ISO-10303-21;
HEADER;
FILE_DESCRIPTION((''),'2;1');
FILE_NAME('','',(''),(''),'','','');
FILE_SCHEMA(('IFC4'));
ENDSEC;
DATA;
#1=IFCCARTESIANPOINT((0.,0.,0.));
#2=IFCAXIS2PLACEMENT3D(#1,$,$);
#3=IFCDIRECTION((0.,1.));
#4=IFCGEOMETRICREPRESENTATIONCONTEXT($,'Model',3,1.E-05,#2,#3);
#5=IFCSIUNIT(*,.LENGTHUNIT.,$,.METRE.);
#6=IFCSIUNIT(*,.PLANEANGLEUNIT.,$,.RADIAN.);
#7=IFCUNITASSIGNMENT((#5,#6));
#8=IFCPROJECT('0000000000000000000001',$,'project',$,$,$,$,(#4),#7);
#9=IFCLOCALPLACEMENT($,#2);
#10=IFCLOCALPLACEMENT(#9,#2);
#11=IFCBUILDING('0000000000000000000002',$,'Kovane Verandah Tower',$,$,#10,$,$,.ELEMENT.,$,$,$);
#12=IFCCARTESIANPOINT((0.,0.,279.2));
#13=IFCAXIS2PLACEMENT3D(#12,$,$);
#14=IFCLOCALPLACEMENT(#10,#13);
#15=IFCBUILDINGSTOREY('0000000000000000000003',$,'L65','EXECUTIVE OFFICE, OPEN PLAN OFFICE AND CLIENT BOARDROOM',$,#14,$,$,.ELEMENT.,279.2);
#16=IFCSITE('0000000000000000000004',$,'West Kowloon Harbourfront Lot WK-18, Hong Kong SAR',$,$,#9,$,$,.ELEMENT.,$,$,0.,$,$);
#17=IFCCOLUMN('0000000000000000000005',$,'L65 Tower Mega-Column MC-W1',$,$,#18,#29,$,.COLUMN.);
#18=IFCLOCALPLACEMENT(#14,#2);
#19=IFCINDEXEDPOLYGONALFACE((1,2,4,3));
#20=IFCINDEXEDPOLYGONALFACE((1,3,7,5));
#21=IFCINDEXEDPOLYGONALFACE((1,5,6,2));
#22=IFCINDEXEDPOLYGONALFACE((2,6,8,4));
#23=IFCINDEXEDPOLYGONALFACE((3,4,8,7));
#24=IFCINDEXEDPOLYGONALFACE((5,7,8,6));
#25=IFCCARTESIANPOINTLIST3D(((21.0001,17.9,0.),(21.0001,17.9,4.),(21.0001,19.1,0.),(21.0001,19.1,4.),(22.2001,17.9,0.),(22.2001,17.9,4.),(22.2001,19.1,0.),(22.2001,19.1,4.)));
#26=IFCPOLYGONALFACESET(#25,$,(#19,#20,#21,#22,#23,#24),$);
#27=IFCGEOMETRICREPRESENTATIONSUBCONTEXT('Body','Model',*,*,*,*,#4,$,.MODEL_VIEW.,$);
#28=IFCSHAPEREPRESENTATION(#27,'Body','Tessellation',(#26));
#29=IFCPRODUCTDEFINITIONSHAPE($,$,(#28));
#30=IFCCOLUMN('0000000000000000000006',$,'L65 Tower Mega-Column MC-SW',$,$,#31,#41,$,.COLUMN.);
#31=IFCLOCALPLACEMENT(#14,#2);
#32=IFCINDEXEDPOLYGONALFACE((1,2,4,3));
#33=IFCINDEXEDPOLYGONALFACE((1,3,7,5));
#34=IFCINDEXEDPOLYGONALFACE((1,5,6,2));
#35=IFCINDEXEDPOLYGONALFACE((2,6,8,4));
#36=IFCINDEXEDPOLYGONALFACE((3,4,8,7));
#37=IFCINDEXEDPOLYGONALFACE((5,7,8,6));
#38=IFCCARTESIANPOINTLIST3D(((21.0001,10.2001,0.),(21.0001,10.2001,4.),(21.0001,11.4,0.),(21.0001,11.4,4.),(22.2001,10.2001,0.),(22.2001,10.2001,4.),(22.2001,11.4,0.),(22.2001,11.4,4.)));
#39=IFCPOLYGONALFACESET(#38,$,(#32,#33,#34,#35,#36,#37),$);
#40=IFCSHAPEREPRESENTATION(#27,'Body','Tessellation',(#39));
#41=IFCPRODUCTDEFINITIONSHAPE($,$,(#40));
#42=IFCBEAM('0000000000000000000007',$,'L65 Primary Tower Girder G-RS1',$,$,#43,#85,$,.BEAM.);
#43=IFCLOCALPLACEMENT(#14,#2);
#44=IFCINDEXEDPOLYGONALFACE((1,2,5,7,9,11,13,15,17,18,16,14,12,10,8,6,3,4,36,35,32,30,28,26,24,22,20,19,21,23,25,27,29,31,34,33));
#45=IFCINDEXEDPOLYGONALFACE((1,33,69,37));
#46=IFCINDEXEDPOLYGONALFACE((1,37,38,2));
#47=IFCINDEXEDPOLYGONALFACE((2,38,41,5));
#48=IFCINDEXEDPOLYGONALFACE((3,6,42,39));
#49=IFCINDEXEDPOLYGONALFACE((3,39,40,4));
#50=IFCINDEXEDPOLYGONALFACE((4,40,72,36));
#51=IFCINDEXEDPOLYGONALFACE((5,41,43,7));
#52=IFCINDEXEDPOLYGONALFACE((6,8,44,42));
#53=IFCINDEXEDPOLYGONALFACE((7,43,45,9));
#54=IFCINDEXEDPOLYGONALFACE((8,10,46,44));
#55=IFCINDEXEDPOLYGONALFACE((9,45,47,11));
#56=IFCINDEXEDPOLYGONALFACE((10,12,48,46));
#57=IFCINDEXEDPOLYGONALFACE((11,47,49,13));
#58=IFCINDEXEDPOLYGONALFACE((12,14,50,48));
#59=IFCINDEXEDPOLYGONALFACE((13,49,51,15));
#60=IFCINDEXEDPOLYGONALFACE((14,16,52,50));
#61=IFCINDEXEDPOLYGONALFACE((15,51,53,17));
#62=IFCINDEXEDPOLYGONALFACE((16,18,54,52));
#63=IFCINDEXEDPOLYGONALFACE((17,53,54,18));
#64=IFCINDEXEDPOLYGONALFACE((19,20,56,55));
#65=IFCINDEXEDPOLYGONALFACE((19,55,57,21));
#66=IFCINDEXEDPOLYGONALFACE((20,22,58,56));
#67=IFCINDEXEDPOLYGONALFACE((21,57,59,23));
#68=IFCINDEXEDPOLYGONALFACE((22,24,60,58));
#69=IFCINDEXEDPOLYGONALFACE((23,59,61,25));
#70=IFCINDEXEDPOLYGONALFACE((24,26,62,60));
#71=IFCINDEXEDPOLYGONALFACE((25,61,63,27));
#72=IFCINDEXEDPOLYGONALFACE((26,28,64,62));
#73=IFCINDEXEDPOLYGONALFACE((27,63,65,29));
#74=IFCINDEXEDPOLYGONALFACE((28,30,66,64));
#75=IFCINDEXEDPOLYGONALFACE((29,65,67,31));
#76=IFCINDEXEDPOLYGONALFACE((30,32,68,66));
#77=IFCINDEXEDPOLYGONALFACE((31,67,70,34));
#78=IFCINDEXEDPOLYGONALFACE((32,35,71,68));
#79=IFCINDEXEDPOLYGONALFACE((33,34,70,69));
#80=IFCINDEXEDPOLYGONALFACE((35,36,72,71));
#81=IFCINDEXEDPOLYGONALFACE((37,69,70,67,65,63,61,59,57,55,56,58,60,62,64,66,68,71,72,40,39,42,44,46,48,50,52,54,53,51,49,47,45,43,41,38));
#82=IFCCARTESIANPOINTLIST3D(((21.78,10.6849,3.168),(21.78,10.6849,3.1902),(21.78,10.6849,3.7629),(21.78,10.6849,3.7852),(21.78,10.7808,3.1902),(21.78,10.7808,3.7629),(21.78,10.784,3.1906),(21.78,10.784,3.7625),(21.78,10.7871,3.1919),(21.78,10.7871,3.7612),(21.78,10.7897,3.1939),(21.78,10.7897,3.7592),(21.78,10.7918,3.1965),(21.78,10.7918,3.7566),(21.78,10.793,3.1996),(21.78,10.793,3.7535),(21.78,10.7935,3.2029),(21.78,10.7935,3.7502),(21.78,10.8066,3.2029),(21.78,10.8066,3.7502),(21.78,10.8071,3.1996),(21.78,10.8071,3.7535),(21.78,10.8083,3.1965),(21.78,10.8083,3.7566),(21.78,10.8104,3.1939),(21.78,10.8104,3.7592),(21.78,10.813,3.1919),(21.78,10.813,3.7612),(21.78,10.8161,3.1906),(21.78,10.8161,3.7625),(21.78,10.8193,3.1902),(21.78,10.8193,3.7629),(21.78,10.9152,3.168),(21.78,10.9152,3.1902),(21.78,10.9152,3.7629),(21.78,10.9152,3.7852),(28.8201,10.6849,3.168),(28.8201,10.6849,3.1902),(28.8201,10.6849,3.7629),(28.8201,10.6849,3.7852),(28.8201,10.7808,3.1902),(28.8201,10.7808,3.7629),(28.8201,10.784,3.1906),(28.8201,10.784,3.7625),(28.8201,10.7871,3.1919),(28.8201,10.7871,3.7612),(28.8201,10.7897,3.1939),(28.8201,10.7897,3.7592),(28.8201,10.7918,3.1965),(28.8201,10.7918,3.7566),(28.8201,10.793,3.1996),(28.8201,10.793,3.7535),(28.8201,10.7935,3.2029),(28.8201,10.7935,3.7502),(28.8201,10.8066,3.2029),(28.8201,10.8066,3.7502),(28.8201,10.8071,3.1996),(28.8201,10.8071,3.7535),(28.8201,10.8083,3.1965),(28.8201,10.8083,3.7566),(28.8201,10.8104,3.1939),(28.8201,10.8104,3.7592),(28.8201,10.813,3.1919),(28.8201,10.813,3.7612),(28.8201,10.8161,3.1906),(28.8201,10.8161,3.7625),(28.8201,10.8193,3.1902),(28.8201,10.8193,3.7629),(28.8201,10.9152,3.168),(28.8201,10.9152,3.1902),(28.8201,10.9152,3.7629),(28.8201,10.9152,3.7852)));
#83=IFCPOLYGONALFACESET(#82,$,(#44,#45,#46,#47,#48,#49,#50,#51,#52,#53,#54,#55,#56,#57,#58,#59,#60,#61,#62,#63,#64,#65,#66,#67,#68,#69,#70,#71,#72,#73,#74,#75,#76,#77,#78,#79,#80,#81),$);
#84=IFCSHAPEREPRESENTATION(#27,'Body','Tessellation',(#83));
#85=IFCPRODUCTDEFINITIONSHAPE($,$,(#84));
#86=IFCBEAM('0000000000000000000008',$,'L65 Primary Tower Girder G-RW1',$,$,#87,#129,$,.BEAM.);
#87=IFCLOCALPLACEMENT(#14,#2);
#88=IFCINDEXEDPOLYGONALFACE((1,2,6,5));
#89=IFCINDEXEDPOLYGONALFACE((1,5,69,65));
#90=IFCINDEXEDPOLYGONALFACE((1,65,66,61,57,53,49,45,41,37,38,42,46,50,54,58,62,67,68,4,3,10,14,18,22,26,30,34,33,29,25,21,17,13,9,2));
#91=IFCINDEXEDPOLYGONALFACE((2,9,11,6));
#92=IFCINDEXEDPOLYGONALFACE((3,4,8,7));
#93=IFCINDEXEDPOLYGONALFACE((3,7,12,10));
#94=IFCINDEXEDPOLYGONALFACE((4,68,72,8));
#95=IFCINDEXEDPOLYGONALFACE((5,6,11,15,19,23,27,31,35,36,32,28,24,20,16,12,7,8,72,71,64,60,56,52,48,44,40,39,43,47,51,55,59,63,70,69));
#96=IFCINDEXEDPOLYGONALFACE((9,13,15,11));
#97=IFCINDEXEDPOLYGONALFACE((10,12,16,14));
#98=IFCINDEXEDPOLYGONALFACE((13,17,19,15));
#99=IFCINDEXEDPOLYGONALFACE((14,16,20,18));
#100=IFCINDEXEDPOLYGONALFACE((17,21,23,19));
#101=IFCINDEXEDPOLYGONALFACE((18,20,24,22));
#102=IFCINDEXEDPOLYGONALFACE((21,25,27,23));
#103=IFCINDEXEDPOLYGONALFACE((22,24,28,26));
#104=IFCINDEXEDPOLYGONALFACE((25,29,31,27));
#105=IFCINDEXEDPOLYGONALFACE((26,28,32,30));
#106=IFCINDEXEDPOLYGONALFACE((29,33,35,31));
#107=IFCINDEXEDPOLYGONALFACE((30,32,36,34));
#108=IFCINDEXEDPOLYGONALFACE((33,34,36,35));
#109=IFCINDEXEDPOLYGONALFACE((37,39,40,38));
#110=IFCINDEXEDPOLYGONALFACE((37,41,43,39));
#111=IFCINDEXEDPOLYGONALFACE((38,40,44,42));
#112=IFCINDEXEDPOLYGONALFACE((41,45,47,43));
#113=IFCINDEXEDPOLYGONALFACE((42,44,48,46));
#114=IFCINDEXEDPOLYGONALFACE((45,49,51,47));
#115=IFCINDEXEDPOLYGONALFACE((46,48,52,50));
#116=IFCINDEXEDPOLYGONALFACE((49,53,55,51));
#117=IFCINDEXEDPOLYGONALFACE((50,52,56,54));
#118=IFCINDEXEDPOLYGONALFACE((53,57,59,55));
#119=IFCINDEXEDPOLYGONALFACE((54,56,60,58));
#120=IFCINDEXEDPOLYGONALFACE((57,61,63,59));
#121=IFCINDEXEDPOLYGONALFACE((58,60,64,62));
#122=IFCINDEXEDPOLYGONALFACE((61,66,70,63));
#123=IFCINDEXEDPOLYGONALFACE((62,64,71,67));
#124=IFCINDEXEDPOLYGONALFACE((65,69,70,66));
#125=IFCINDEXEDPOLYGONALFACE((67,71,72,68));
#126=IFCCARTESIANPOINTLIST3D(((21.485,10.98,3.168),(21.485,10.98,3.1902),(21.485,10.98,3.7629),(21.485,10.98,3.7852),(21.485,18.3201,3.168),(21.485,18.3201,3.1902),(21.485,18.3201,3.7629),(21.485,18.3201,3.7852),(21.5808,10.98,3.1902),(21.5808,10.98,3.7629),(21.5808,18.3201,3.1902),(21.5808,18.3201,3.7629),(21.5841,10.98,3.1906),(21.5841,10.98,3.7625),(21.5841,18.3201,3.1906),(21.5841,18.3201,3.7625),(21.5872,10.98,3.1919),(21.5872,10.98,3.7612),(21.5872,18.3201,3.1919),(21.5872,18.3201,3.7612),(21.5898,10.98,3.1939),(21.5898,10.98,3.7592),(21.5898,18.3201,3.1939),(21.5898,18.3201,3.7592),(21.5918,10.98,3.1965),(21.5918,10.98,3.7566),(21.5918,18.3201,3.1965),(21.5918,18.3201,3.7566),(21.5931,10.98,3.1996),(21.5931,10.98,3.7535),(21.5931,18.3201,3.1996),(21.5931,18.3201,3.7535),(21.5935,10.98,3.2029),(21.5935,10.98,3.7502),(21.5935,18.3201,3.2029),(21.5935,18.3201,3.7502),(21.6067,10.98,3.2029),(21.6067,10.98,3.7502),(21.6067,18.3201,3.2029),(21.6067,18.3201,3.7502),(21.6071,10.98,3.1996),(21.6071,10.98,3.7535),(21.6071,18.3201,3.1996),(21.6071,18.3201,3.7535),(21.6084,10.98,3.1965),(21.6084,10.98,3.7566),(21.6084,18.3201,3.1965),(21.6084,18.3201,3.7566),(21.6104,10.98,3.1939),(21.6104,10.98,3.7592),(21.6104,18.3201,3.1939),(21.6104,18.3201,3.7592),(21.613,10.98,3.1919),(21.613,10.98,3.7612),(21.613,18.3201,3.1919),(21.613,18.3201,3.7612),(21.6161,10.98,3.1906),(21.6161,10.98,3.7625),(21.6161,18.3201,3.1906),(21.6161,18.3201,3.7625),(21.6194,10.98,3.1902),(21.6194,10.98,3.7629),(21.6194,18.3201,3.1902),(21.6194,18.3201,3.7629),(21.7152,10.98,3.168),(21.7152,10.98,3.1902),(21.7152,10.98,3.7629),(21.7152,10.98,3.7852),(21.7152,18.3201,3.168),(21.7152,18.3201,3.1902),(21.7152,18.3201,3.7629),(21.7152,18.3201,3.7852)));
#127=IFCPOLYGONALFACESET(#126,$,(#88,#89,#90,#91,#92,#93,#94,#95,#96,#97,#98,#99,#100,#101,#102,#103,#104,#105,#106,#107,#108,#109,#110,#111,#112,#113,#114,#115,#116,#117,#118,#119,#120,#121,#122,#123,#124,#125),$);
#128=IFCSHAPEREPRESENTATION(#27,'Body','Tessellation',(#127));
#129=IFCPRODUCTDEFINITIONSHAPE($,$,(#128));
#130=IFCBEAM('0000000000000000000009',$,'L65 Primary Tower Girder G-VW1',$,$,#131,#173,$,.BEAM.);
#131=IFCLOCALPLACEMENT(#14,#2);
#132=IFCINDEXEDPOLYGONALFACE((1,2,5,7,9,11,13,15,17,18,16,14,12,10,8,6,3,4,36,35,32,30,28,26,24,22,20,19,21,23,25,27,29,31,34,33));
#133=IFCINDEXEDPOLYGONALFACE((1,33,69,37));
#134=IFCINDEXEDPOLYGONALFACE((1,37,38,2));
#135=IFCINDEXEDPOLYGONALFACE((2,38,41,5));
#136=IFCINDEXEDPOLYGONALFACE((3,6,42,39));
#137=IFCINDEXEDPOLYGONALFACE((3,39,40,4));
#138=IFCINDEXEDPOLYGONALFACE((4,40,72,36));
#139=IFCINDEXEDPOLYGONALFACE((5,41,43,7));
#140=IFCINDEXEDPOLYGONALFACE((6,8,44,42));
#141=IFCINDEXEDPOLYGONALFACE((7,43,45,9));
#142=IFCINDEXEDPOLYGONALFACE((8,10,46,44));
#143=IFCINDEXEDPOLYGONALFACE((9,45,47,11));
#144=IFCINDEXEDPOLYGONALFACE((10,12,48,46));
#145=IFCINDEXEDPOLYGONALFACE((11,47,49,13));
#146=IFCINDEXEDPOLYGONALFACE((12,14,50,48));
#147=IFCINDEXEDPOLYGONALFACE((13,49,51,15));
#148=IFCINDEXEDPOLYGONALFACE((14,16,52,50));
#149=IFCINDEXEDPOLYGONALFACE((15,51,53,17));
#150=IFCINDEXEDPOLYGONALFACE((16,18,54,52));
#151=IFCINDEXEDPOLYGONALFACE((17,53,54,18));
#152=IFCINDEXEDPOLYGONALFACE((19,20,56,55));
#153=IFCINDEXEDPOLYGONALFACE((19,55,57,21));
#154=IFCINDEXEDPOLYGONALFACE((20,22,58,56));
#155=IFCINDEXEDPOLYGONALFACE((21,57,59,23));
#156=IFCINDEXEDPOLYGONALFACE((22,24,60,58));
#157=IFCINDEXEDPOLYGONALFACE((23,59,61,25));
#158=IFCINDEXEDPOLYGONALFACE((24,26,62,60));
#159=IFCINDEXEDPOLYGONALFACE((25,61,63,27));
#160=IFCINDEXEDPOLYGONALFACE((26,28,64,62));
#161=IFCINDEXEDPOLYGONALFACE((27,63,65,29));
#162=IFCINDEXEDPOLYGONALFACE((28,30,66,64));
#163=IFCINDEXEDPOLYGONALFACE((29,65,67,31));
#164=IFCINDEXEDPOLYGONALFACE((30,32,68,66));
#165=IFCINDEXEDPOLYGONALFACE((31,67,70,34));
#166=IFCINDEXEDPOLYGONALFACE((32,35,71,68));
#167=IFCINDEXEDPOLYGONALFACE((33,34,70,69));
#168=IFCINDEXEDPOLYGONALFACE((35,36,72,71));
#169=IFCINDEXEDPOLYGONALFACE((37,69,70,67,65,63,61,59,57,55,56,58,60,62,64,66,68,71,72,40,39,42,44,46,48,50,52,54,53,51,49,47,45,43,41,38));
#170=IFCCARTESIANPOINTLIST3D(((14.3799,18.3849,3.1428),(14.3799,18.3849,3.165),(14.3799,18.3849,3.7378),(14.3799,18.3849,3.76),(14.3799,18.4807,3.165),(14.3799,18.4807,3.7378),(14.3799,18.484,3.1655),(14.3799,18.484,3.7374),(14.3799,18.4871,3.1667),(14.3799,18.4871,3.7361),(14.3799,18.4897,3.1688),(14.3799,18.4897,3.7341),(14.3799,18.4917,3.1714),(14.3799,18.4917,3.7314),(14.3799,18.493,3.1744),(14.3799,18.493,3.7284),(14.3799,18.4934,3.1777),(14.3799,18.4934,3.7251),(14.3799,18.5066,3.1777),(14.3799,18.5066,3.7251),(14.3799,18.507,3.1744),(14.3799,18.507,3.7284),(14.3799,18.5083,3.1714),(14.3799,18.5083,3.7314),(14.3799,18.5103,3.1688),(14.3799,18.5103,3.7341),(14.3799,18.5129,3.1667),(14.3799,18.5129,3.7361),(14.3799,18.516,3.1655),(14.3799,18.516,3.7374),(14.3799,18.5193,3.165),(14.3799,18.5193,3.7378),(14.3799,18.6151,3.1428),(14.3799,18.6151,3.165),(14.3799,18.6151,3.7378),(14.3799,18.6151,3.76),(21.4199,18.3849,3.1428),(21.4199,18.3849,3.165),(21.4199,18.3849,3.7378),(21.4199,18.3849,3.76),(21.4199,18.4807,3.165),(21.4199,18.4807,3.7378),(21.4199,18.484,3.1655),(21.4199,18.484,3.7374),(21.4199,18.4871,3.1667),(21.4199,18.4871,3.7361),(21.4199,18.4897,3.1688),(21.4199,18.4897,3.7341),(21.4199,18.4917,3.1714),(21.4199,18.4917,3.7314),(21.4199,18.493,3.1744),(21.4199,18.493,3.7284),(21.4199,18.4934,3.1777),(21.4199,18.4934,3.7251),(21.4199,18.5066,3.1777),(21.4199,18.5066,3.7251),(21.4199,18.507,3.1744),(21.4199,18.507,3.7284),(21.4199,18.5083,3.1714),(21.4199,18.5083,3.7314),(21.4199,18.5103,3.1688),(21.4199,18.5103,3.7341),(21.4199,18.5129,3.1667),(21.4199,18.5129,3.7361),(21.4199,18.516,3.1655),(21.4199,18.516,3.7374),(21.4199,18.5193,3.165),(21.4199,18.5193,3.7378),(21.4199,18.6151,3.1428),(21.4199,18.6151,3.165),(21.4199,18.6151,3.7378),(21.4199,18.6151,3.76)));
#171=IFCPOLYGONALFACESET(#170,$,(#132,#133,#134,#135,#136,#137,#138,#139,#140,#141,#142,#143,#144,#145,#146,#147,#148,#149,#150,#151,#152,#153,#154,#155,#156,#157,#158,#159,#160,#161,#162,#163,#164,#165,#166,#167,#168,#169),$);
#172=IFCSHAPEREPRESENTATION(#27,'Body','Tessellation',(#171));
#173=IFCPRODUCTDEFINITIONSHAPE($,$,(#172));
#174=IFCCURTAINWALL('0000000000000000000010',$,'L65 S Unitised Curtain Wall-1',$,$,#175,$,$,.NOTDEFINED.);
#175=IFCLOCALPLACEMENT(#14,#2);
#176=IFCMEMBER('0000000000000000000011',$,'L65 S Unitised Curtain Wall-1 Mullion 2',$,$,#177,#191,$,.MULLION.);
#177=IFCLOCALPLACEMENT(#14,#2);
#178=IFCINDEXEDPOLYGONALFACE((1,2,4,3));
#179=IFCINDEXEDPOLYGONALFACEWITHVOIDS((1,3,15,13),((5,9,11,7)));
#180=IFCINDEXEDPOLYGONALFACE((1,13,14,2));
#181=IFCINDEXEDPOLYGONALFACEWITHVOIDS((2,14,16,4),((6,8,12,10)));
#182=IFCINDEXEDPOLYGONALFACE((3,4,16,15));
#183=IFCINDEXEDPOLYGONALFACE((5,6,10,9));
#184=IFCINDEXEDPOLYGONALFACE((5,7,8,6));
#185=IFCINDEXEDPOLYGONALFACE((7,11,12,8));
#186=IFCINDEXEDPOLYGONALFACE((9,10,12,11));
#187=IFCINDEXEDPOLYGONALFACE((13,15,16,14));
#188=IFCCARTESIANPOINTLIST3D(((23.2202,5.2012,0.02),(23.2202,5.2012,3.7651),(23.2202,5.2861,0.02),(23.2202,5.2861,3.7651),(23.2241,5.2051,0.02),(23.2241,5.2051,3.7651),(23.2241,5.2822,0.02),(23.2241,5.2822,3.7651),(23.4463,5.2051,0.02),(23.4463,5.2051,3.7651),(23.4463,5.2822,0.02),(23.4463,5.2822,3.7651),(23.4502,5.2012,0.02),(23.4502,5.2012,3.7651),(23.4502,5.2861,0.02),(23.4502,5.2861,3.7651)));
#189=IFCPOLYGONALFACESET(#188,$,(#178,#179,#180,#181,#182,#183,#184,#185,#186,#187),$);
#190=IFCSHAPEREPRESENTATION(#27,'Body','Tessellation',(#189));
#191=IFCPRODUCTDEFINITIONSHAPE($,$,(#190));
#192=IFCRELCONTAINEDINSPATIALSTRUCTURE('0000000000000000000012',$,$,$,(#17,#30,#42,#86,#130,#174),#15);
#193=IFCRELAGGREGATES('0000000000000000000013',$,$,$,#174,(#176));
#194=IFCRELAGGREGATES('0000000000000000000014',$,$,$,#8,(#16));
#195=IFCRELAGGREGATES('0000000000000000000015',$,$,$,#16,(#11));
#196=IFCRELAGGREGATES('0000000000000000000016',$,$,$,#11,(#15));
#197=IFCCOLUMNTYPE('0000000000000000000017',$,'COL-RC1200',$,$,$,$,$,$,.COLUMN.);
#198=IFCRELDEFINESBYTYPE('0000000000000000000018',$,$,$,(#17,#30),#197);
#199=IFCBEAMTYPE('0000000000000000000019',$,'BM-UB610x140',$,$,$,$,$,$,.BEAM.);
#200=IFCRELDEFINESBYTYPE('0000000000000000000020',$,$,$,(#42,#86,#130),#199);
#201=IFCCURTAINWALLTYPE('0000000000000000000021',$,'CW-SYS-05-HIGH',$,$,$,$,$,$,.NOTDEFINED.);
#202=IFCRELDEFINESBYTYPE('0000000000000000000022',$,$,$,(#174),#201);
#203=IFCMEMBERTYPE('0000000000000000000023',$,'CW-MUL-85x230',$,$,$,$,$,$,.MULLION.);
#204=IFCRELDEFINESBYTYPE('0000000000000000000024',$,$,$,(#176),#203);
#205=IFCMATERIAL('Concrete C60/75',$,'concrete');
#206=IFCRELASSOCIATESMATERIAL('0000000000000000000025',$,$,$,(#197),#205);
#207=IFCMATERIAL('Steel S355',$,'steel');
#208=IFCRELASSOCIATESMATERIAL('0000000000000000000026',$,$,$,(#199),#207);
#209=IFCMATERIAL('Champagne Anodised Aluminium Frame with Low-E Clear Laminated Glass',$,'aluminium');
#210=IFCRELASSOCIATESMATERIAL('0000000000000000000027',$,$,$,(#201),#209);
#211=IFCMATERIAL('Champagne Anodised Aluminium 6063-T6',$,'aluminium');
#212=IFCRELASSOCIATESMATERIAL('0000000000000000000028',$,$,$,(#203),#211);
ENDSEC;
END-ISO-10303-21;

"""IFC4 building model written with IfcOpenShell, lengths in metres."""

from ifc_helpers import new_model, si_unit, direction, frame, origin, origin_2d, place, context, subcontext, project, spatial, rectangle, hollow_rectangle, i_section, extrude, material, material_profile, profile_set, type_object, element, aggregate, save


model = new_model("IFC4")

# Units and contexts
model_context = context("Model", 3, precision=1e-05, world=origin(), true_north=direction((0.0, 1.0)))
body_context = subcontext(model_context, "Body", "Model", "MODEL_VIEW")
ifc_project = project(units=[si_unit("LENGTHUNIT", "METRE"), si_unit("PLANEANGLEUNIT", "RADIAN")], contexts=[model_context])

# Site, building, storey
site_placement = place(None, origin())
site = spatial("IfcSite", under=ifc_project, at=site_placement, Name="West Kowloon Harbourfront Lot WK-18, Hong Kong SAR", CompositionType="ELEMENT", RefElevation=0.0)
building_placement = place(site_placement, origin())
building = spatial("IfcBuilding", under=site, at=building_placement, Name="Kovane Verandah Tower", CompositionType="ELEMENT")
storey_placement = place(building_placement, frame((0.0, 0.0, 279.2)))
storey = spatial("IfcBuildingStorey", under=building, at=storey_placement, Name="L65", Description="EXECUTIVE OFFICE, OPEN PLAN OFFICE AND CLIENT BOARDROOM", CompositionType="ELEMENT", Elevation=279.2)

# Columns
ifc_material_1 = material(Name="Concrete C60/75", Category="concrete")
ifc_material_profile_1 = material_profile(ifc_material_1, rectangle(XDim=1.2, YDim=1.2, at=origin_2d()), Name="RC1200x1200")
ifc_profile_set_1 = profile_set([ifc_material_profile_1], Name="Concrete C60/75")
column_type = type_object("IfcColumnType", Name="COL-RC1200", PredefinedType="COLUMN", material=ifc_profile_set_1)
for number, where, z_axis, x_axis, name in (
    (1, (21.6001, 18.5, 0.0), (0.0, 0.0, 1.0), (1.0, 0.0, 0.0), "L65 Tower Mega-Column MC-W1"),
    (2, (21.6001, 10.8, 0.0), (0.0, 0.0, 1.0), (1.0, 0.0, 0.0), "L65 Tower Mega-Column MC-SW"),
):
    element("IfcColumn", number, at=place(storey_placement, frame(where, z_axis=z_axis, x_axis=x_axis)), inside=storey, type_object=column_type, Name=name, PredefinedType="COLUMN", context=body_context, shape_type="SweptSolid", body=[
        extrude(rectangle(XDim=1.2, YDim=1.2, at=origin_2d()), origin(), (0.0, 0.0, 1.0), 4.0),
    ])

# Beams
ifc_material_2 = material(Name="Steel S355", Category="steel")
ifc_material_profile_2 = material_profile(ifc_material_2, i_section(OverallWidth=0.2302, OverallDepth=0.6172, WebThickness=0.0132, FlangeThickness=0.0222, FilletRadius=0.0127, at=origin_2d()), Name="UB610x229x140")
ifc_profile_set_2 = profile_set([ifc_material_profile_2], Name="Steel S355")
beam_type_1 = type_object("IfcBeamType", Name="BM-UB610x140", PredefinedType="BEAM", material=ifc_profile_set_2)
beam_1_placement = place(storey_placement, frame((21.78, 10.8, 3.4766), z_axis=(1.0, 0.0, 0.0), x_axis=(0.0, 1.0, 0.0)))
element("IfcBeam", 3, at=beam_1_placement, inside=storey, type_object=beam_type_1, Name="L65 Primary Tower Girder G-RS1", PredefinedType="BEAM", context=body_context, shape_type="SweptSolid", body=[
    extrude(i_section(OverallWidth=0.2302, OverallDepth=0.6172, WebThickness=0.0132, FlangeThickness=0.0222, FilletRadius=0.0127, at=origin_2d()), origin(), (0.0, 0.0, 1.0), 7.04),
])
beam_2_placement = place(storey_placement, frame((21.6001, 10.98, 3.4766), z_axis=(0.0, 1.0, 0.0), x_axis=(-1.0, 0.0, 0.0)))
element("IfcBeam", 4, at=beam_2_placement, inside=storey, type_object=beam_type_1, Name="L65 Primary Tower Girder G-RW1", PredefinedType="BEAM", context=body_context, shape_type="SweptSolid", body=[
    extrude(i_section(OverallWidth=0.2302, OverallDepth=0.6172, WebThickness=0.0132, FlangeThickness=0.0222, FilletRadius=0.0127, at=origin_2d()), origin(), (0.0, 0.0, 1.0), 7.3401),
])
beam_3_placement = place(storey_placement, frame((21.4199, 18.5, 3.4514), z_axis=(-1.0, 0.0, 0.0), x_axis=(0.0, -1.0, 0.0)))
element("IfcBeam", 5, at=beam_3_placement, inside=storey, type_object=beam_type_1, Name="L65 Primary Tower Girder G-VW1", PredefinedType="BEAM", context=body_context, shape_type="SweptSolid", body=[
    extrude(i_section(OverallWidth=0.2302, OverallDepth=0.6172, WebThickness=0.0132, FlangeThickness=0.0222, FilletRadius=0.0127, at=origin_2d()), origin(), (0.0, 0.0, 1.0), 7.04),
])

# Curtain wall, member
ifc_material_3 = material(Name="Champagne Anodised Aluminium Frame with Low-E Clear Laminated Glass", Category="aluminium")
curtain_wall_type = type_object("IfcCurtainWallType", Name="CW-SYS-05-HIGH", PredefinedType="NOTDEFINED", material=ifc_material_3)
curtain_wall_placement = place(storey_placement, origin())
curtain_wall = element("IfcCurtainWall", 6, at=curtain_wall_placement, inside=storey, type_object=curtain_wall_type, Name="L65 S Unitised Curtain Wall-1", PredefinedType="NOTDEFINED")
ifc_material_4 = material(Name="Champagne Anodised Aluminium 6063-T6", Category="aluminium")
ifc_material_profile_3 = material_profile(ifc_material_4, hollow_rectangle(XDim=0.085, YDim=0.23, WallThickness=0.0039, at=origin_2d()), Name="AL85x230x4")
ifc_profile_set_3 = profile_set([ifc_material_profile_3], Name="Champagne Anodised Aluminium 6063-T6")
member_type_1 = type_object("IfcMemberType", Name="CW-MUL-85x230", PredefinedType="MULLION", material=ifc_profile_set_3)
member_1_placement = place(storey_placement, frame((23.3352, 5.2437, 0.02), z_axis=(0.0, 0.0, 1.0), x_axis=(0.0, -1.0, 0.0)))
member_1 = element("IfcMember", 7, at=member_1_placement, type_object=member_type_1, Name="L65 S Unitised Curtain Wall-1 Mullion 2", PredefinedType="MULLION", context=body_context, shape_type="SweptSolid", body=[
    extrude(hollow_rectangle(XDim=0.085, YDim=0.23, WallThickness=0.0039, at=origin_2d()), origin(), (0.0, 0.0, 1.0), 3.7451),
])

aggregate(curtain_wall, [member_1])

save(model, "model.ifc")
